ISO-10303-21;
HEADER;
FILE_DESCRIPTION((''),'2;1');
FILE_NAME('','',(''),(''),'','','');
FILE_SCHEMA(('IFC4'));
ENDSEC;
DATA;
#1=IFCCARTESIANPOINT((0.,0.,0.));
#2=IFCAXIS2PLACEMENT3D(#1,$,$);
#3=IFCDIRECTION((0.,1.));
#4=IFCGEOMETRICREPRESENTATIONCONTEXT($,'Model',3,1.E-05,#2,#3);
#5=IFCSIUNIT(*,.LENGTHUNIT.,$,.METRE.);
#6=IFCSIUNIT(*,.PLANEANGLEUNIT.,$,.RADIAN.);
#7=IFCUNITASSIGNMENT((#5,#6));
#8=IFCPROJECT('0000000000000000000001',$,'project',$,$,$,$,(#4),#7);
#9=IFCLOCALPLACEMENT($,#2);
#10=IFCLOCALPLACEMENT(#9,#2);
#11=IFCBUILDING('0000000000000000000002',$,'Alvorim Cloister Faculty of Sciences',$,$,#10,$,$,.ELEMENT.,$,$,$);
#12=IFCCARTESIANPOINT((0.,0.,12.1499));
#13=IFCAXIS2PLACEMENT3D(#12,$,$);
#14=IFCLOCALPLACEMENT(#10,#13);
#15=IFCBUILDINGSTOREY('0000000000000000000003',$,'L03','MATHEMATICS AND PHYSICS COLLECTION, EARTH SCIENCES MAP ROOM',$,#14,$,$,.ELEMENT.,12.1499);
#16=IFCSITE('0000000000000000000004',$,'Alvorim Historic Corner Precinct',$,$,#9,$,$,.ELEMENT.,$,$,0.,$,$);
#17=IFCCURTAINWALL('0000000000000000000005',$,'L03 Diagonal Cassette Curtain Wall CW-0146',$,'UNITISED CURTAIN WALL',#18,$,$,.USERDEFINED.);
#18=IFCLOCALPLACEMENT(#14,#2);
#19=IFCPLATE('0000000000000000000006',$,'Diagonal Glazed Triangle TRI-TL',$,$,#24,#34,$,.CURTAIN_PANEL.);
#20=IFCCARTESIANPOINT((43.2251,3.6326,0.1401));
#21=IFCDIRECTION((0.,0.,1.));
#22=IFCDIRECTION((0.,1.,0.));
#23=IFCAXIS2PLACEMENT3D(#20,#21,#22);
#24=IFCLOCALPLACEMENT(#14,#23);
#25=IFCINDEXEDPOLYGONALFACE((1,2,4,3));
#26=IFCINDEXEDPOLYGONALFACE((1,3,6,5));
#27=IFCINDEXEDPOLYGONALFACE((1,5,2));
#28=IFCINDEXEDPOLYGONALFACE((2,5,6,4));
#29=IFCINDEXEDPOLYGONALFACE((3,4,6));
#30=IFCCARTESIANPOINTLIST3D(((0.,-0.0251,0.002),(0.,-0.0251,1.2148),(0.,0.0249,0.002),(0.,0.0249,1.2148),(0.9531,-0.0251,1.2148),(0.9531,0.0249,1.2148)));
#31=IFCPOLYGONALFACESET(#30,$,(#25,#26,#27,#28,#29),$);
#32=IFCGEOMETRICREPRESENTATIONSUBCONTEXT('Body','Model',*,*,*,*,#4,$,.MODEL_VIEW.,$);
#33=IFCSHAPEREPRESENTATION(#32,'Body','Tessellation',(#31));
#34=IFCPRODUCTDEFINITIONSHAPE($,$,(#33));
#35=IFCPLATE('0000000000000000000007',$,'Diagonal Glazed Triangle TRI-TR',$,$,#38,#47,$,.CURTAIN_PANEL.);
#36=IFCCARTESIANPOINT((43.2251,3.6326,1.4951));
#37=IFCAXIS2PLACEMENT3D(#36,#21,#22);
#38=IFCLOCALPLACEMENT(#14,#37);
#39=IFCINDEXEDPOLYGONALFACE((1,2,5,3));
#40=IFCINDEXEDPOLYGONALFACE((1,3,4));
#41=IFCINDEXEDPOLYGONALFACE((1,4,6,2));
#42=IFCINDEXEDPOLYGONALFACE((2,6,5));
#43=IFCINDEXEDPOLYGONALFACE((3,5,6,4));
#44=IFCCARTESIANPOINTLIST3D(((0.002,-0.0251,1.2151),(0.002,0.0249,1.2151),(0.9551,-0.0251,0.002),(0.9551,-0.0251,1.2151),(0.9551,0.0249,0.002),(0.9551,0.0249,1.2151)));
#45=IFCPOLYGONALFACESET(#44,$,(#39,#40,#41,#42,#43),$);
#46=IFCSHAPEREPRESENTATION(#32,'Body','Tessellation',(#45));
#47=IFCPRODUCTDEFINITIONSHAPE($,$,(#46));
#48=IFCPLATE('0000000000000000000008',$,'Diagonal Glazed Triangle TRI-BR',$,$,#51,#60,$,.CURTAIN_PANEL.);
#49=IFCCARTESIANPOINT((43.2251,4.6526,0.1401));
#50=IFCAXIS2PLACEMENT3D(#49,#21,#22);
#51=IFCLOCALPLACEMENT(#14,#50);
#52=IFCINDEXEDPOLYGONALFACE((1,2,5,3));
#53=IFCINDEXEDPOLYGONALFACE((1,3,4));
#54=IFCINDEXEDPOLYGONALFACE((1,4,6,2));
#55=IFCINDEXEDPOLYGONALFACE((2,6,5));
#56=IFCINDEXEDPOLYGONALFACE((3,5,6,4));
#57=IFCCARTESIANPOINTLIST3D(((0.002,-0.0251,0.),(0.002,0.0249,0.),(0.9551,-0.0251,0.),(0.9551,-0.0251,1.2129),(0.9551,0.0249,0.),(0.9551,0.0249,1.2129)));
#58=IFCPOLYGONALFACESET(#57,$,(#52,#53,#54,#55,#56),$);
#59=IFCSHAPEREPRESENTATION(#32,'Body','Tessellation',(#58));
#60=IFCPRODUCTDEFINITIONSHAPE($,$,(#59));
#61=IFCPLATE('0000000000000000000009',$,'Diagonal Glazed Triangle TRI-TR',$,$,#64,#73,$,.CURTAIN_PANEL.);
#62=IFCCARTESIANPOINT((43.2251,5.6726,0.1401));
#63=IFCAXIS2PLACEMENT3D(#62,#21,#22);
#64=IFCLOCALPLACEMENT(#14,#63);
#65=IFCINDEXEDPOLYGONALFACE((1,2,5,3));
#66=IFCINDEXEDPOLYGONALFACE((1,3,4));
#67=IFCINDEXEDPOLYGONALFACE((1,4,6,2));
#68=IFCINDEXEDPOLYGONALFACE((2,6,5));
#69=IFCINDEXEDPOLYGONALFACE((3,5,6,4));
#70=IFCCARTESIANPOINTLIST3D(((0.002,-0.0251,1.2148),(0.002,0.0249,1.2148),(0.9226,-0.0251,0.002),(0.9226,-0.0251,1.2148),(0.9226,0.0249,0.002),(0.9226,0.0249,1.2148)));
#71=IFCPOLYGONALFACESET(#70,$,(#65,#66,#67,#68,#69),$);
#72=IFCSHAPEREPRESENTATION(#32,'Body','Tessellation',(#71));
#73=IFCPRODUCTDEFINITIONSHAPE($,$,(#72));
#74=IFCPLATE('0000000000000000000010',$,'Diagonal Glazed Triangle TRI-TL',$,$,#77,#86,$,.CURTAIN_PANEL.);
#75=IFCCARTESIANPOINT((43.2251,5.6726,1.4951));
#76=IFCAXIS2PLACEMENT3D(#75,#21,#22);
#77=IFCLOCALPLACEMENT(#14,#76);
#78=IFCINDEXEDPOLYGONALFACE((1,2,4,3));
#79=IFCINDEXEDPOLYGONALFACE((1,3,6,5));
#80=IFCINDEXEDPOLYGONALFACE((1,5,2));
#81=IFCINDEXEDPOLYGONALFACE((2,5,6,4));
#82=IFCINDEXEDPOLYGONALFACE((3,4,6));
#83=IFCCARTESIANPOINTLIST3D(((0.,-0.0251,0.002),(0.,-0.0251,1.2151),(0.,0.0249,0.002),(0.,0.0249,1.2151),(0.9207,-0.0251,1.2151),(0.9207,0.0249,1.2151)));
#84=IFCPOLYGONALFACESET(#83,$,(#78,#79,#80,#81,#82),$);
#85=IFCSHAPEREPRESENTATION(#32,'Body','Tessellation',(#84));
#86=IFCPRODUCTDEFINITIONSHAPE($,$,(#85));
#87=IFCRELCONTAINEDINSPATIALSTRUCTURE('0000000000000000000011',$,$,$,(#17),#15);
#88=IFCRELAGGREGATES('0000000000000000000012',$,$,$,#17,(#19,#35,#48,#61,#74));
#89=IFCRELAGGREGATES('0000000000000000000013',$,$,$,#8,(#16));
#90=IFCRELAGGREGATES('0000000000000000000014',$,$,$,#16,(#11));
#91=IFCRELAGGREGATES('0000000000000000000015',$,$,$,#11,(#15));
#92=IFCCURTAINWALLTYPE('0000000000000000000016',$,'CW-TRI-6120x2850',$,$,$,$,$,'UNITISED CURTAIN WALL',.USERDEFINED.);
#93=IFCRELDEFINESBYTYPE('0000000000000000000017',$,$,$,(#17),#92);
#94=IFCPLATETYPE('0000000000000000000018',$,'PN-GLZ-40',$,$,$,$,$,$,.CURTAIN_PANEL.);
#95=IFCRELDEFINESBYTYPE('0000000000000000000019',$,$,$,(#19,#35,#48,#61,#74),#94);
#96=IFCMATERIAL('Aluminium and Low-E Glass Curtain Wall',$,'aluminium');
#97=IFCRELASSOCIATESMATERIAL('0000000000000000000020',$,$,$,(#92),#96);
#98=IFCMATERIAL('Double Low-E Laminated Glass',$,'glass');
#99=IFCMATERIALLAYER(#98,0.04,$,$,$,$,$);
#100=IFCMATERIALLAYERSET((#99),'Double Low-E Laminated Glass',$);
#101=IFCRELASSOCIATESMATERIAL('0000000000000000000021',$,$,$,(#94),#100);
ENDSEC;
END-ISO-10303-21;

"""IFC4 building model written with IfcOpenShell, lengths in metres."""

from ifc_helpers import new_model, si_unit, direction, frame, origin, place, context, subcontext, project, spatial, polyline, outline, extrude, material, layer, layer_set, type_object, element, aggregate, save


model = new_model("IFC4")

# Units and contexts
model_context = context("Model", 3, precision=1e-05, world=origin(), true_north=direction((0.0, 1.0)))
body_context = subcontext(model_context, "Body", "Model", "MODEL_VIEW")
ifc_project = project(units=[si_unit("LENGTHUNIT", "METRE"), si_unit("PLANEANGLEUNIT", "RADIAN")], contexts=[model_context])

# Site, building, storey
site_placement = place(None, origin())
site = spatial("IfcSite", under=ifc_project, at=site_placement, Name="Alvorim Historic Corner Precinct", CompositionType="ELEMENT", RefElevation=0.0)
building_placement = place(site_placement, origin())
building = spatial("IfcBuilding", under=site, at=building_placement, Name="Alvorim Cloister Faculty of Sciences", CompositionType="ELEMENT")
storey_placement = place(building_placement, frame((0.0, 0.0, 12.1499)))
storey = spatial("IfcBuildingStorey", under=building, at=storey_placement, Name="L03", Description="MATHEMATICS AND PHYSICS COLLECTION, EARTH SCIENCES MAP ROOM", CompositionType="ELEMENT", Elevation=12.1499)

# Curtain wall, plates
ifc_material_1 = material(Name="Aluminium and Low-E Glass Curtain Wall", Category="aluminium")
curtain_wall_type = type_object("IfcCurtainWallType", Name="CW-TRI-6120x2850", ElementType="UNITISED CURTAIN WALL", PredefinedType="USERDEFINED", material=ifc_material_1)
curtain_wall_placement = place(storey_placement, origin())
curtain_wall = element("IfcCurtainWall", 1, at=curtain_wall_placement, inside=storey, type_object=curtain_wall_type, Name="L03 Diagonal Cassette Curtain Wall CW-0146", ObjectType="UNITISED CURTAIN WALL", PredefinedType="USERDEFINED")
ifc_material_2 = material(Name="Double Low-E Laminated Glass", Category="glass")
ifc_layer_1 = layer(ifc_material_2, 0.04)
ifc_layer_set_1 = layer_set([ifc_layer_1], Name="Double Low-E Laminated Glass")
plate_type = type_object("IfcPlateType", Name="PN-GLZ-40", PredefinedType="CURTAIN_PANEL", material=ifc_layer_set_1)
plate_1_placement = place(storey_placement, frame((43.2251, 3.6326, 0.1401), z_axis=(0.0, 0.0, 1.0), x_axis=(0.0, 1.0, 0.0)))
plate_1 = element("IfcPlate", 2, at=plate_1_placement, type_object=plate_type, Name="Diagonal Glazed Triangle TRI-TL", PredefinedType="CURTAIN_PANEL", context=body_context, shape_type="SweptSolid", body=[
    extrude(outline(polyline([(0.9531, 1.2148), (0.0, 1.2148), (0.0, 0.002), (0.9531, 1.2148)])), frame((0.0, 0.0249, 0.0), z_axis=(0.0, -1.0, 0.0), x_axis=(1.0, 0.0, 0.0)), (0.0, 0.0, 1.0), 0.05),
])
plate_2_placement = place(storey_placement, frame((43.2251, 3.6326, 1.4951), z_axis=(0.0, 0.0, 1.0), x_axis=(0.0, 1.0, 0.0)))
plate_2 = element("IfcPlate", 3, at=plate_2_placement, type_object=plate_type, Name="Diagonal Glazed Triangle TRI-TR", PredefinedType="CURTAIN_PANEL", context=body_context, shape_type="SweptSolid", body=[
    extrude(outline(polyline([(0.9551, 0.002), (0.9551, 1.2151), (0.002, 1.2151), (0.9551, 0.002)])), frame((0.0, 0.0249, 0.0), z_axis=(0.0, -1.0, 0.0), x_axis=(1.0, 0.0, 0.0)), (0.0, 0.0, 1.0), 0.05),
])
plate_3_placement = place(storey_placement, frame((43.2251, 4.6526, 0.1401), z_axis=(0.0, 0.0, 1.0), x_axis=(0.0, 1.0, 0.0)))
plate_3 = element("IfcPlate", 4, at=plate_3_placement, type_object=plate_type, Name="Diagonal Glazed Triangle TRI-BR", PredefinedType="CURTAIN_PANEL", context=body_context, shape_type="SweptSolid", body=[
    extrude(outline(polyline([(0.002, 0.0), (0.9551, 0.0), (0.9551, 1.2129), (0.002, 0.0)])), frame((0.0, 0.0249, 0.0), z_axis=(0.0, -1.0, 0.0), x_axis=(1.0, 0.0, 0.0)), (0.0, 0.0, 1.0), 0.05),
])
plate_4_placement = place(storey_placement, frame((43.2251, 5.6726, 0.1401), z_axis=(0.0, 0.0, 1.0), x_axis=(0.0, 1.0, 0.0)))
plate_4 = element("IfcPlate", 5, at=plate_4_placement, type_object=plate_type, Name="Diagonal Glazed Triangle TRI-TR", PredefinedType="CURTAIN_PANEL", context=body_context, shape_type="SweptSolid", body=[
    extrude(outline(polyline([(0.9226, 0.002), (0.9226, 1.2148), (0.002, 1.2148), (0.9226, 0.002)])), frame((0.0, 0.0249, 0.0), z_axis=(0.0, -1.0, 0.0), x_axis=(1.0, 0.0, 0.0)), (0.0, 0.0, 1.0), 0.05),
])
plate_5_placement = place(storey_placement, frame((43.2251, 5.6726, 1.4951), z_axis=(0.0, 0.0, 1.0), x_axis=(0.0, 1.0, 0.0)))
plate_5 = element("IfcPlate", 6, at=plate_5_placement, type_object=plate_type, Name="Diagonal Glazed Triangle TRI-TL", PredefinedType="CURTAIN_PANEL", context=body_context, shape_type="SweptSolid", body=[
    extrude(outline(polyline([(0.9207, 1.2151), (0.0, 1.2151), (0.0, 0.002), (0.9207, 1.2151)])), frame((0.0, 0.0249, 0.0), z_axis=(0.0, -1.0, 0.0), x_axis=(1.0, 0.0, 0.0)), (0.0, 0.0, 1.0), 0.05),
])
aggregate(curtain_wall, [plate_1, plate_2, plate_3, plate_4, plate_5])

save(model, "model.ifc")
